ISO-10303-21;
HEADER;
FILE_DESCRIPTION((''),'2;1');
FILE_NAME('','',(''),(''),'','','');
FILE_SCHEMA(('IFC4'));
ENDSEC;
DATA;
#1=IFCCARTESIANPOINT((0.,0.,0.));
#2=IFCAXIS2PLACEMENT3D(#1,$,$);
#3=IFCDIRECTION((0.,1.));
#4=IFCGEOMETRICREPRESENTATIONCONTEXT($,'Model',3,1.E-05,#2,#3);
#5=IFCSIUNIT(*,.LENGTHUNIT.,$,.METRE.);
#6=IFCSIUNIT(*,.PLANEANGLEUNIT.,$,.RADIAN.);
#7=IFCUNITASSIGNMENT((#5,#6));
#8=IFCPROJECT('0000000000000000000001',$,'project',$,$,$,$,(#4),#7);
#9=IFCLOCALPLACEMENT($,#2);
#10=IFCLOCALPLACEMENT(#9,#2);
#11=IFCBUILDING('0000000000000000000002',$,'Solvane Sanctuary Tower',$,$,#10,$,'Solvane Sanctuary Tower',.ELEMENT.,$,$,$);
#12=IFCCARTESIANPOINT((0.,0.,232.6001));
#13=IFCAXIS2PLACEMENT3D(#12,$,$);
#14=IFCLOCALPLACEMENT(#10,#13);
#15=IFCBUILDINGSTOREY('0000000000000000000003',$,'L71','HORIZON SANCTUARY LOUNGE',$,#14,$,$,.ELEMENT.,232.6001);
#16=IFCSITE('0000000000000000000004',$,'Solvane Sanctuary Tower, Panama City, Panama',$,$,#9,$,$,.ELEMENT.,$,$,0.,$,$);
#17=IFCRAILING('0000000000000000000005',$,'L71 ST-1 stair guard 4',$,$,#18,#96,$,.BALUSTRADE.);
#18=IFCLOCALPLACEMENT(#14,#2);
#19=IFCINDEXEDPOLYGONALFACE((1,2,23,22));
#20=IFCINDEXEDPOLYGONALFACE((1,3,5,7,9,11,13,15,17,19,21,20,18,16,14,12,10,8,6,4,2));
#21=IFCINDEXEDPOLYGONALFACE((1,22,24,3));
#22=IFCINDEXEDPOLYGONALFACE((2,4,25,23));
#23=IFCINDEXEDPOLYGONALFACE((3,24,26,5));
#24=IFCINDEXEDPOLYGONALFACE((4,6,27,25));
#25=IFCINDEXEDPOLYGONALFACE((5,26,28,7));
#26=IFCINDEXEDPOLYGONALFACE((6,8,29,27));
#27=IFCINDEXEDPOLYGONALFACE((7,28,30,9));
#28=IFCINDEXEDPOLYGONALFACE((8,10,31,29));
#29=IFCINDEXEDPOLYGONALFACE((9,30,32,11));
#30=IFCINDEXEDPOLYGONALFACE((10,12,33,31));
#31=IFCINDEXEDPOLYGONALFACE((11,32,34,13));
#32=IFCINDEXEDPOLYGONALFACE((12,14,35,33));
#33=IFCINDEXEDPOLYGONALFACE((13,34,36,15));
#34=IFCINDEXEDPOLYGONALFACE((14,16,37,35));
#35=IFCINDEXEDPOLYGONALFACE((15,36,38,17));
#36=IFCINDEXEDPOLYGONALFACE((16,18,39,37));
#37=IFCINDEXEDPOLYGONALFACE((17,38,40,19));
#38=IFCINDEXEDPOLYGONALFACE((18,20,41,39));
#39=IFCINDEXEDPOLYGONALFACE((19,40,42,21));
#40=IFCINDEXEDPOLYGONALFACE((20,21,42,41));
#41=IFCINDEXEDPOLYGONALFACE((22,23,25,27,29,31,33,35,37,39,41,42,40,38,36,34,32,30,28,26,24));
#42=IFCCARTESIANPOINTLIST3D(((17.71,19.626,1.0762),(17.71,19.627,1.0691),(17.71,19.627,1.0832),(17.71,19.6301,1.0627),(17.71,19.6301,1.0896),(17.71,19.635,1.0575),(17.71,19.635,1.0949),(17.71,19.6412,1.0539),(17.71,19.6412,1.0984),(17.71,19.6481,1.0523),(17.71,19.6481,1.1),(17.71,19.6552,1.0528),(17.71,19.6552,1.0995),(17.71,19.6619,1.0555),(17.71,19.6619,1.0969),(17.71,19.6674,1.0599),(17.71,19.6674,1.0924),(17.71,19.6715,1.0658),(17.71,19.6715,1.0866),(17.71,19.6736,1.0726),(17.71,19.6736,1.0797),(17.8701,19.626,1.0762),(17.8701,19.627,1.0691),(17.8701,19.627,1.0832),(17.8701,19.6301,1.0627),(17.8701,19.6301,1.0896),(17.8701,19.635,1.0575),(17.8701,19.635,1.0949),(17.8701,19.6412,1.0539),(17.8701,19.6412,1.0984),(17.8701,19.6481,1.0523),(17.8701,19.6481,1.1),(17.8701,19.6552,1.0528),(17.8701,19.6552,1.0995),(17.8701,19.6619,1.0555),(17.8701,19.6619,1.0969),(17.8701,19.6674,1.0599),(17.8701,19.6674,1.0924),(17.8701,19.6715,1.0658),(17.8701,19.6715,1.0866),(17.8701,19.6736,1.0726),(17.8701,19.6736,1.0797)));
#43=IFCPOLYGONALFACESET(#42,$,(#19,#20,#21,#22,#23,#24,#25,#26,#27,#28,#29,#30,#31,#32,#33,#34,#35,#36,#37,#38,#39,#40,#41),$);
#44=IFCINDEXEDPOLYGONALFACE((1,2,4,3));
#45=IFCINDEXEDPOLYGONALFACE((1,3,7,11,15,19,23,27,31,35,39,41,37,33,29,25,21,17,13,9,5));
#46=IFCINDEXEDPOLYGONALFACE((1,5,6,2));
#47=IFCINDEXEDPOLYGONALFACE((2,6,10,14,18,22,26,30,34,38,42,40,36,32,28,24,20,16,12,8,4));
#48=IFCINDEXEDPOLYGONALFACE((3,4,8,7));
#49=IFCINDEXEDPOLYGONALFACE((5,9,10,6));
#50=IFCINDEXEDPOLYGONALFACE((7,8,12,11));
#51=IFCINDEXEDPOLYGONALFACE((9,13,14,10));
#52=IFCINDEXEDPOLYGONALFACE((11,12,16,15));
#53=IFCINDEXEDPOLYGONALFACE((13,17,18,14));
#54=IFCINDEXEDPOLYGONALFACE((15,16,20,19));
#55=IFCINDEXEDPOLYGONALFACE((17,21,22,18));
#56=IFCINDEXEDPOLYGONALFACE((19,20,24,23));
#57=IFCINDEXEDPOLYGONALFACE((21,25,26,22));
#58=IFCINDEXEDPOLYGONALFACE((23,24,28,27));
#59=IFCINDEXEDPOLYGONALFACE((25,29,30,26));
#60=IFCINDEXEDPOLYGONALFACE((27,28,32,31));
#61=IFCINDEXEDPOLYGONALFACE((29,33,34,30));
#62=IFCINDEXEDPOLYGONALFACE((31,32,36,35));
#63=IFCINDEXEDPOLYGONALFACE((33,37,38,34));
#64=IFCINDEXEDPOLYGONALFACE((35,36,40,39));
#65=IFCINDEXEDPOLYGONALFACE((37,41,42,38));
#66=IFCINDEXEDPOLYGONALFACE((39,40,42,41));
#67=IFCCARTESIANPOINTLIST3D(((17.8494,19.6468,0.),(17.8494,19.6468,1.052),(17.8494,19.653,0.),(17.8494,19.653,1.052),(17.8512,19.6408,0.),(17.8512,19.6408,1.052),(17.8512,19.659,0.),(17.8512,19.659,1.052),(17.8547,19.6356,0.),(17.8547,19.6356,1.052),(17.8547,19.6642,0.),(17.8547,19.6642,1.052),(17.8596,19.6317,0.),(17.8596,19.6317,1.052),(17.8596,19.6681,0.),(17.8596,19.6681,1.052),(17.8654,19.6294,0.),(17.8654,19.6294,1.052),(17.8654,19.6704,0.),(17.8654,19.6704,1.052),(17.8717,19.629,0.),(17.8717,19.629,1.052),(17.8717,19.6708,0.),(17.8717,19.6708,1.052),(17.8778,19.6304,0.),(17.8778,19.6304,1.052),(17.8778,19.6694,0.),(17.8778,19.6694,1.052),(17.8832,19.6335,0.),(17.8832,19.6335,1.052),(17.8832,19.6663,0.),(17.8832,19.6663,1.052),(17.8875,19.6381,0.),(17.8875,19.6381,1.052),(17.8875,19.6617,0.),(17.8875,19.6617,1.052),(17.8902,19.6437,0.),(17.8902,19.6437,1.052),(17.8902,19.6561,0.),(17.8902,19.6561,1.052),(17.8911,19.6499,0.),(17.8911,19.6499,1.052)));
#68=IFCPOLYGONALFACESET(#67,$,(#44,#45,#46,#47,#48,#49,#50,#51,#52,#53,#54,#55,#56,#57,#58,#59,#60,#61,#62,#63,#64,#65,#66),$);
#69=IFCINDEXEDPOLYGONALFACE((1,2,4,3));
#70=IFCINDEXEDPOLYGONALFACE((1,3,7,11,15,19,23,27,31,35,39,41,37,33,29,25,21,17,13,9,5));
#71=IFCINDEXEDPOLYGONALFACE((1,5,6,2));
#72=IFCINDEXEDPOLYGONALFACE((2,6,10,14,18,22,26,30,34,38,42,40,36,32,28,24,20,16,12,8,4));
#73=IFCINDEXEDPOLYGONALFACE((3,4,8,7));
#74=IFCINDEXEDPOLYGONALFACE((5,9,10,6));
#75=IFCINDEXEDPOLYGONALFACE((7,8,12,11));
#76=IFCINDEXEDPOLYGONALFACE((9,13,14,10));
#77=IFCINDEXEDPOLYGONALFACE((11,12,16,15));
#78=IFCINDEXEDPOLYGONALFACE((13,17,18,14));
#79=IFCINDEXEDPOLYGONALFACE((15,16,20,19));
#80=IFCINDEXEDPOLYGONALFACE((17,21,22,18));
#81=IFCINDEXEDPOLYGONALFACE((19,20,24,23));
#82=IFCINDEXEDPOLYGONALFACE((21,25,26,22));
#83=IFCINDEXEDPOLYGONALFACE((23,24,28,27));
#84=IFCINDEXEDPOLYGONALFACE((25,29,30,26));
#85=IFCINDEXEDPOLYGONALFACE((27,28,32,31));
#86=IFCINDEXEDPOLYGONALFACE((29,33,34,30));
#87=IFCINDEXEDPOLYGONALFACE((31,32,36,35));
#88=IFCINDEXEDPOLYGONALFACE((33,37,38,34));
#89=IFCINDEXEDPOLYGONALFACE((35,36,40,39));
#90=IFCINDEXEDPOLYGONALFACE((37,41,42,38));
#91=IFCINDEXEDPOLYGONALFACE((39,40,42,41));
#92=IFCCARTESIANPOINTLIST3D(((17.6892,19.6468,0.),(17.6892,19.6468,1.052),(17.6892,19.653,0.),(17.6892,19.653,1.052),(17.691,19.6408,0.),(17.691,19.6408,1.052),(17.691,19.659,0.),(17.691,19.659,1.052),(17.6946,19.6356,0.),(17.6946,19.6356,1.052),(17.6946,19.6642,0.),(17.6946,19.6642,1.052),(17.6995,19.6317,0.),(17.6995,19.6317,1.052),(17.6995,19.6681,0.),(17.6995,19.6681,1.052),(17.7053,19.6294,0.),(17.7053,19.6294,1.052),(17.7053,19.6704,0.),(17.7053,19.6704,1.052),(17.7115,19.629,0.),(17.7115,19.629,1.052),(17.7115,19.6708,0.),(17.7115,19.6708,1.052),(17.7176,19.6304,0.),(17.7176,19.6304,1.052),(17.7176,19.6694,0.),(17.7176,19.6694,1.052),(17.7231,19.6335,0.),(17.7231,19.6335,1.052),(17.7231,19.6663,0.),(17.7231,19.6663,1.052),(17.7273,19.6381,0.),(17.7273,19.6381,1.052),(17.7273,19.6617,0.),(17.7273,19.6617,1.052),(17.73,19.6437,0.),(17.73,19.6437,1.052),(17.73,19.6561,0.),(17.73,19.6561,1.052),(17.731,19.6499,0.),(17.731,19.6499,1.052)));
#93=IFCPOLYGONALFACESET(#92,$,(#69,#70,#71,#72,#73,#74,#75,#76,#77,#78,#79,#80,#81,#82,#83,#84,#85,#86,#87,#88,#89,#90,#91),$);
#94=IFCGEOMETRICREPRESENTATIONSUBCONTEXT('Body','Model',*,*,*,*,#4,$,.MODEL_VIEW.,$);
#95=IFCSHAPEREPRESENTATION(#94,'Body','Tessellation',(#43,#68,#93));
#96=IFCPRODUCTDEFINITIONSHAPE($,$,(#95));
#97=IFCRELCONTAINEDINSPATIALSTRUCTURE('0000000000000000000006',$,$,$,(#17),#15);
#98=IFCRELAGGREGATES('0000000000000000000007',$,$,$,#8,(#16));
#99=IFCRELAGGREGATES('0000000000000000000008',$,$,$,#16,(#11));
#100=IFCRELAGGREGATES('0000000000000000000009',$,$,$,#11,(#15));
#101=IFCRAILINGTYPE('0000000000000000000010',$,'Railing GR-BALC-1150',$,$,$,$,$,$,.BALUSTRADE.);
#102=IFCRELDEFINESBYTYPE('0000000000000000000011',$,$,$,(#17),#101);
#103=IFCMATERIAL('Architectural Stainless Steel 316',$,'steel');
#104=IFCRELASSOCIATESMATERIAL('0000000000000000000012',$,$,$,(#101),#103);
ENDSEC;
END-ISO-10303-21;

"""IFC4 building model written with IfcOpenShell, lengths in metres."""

from ifc_helpers import new_model, si_unit, direction, frame, origin, origin_2d, place, context, subcontext, project, spatial, circle, extrude, material, type_object, element, save


model = new_model("IFC4")

# Units and contexts
model_context = context("Model", 3, precision=1e-05, world=origin(), true_north=direction((0.0, 1.0)))
body_context = subcontext(model_context, "Body", "Model", "MODEL_VIEW")
ifc_project = project(units=[si_unit("LENGTHUNIT", "METRE"), si_unit("PLANEANGLEUNIT", "RADIAN")], contexts=[model_context])

# Site, building, storey
site_placement = place(None, origin())
site = spatial("IfcSite", under=ifc_project, at=site_placement, Name="Solvane Sanctuary Tower, Panama City, Panama", CompositionType="ELEMENT", RefElevation=0.0)
building_placement = place(site_placement, origin())
building = spatial("IfcBuilding", under=site, at=building_placement, Name="Solvane Sanctuary Tower", LongName="Solvane Sanctuary Tower", CompositionType="ELEMENT")
storey_placement = place(building_placement, frame((0.0, 0.0, 232.6001)))
storey = spatial("IfcBuildingStorey", under=building, at=storey_placement, Name="L71", Description="HORIZON SANCTUARY LOUNGE", CompositionType="ELEMENT", Elevation=232.6001)

# Shared definitions
ifc_material_1 = material(Name="Architectural Stainless Steel 316", Category="steel")

# Railing
railing_type_1 = type_object("IfcRailingType", Name="Railing GR-BALC-1150", PredefinedType="BALUSTRADE", material=ifc_material_1)
railing_1_placement = place(storey_placement, frame((17.8701, 19.6499, 0.0)))
element("IfcRailing", 1, at=railing_1_placement, inside=storey, type_object=railing_type_1, Name="L71 ST-1 stair guard 4", PredefinedType="BALUSTRADE", context=body_context, shape_type="SweptSolid", body=[
    extrude(circle(Radius=0.0239, at=origin_2d()), frame((0.0, 0.0, 1.0762), z_axis=(-1.0, 0.0, 0.0), x_axis=(0.0, -1.0, 0.0)), (0.0, 0.0, 1.0), 0.1602),
    extrude(circle(Radius=0.021, at=origin_2d()), origin(), (0.0, 0.0, 1.0), 1.052),
    extrude(circle(Radius=0.021, at=origin_2d()), frame((-0.1602, 0.0, 0.0)), (0.0, 0.0, 1.0), 1.052),
])

save(model, "model.ifc")
